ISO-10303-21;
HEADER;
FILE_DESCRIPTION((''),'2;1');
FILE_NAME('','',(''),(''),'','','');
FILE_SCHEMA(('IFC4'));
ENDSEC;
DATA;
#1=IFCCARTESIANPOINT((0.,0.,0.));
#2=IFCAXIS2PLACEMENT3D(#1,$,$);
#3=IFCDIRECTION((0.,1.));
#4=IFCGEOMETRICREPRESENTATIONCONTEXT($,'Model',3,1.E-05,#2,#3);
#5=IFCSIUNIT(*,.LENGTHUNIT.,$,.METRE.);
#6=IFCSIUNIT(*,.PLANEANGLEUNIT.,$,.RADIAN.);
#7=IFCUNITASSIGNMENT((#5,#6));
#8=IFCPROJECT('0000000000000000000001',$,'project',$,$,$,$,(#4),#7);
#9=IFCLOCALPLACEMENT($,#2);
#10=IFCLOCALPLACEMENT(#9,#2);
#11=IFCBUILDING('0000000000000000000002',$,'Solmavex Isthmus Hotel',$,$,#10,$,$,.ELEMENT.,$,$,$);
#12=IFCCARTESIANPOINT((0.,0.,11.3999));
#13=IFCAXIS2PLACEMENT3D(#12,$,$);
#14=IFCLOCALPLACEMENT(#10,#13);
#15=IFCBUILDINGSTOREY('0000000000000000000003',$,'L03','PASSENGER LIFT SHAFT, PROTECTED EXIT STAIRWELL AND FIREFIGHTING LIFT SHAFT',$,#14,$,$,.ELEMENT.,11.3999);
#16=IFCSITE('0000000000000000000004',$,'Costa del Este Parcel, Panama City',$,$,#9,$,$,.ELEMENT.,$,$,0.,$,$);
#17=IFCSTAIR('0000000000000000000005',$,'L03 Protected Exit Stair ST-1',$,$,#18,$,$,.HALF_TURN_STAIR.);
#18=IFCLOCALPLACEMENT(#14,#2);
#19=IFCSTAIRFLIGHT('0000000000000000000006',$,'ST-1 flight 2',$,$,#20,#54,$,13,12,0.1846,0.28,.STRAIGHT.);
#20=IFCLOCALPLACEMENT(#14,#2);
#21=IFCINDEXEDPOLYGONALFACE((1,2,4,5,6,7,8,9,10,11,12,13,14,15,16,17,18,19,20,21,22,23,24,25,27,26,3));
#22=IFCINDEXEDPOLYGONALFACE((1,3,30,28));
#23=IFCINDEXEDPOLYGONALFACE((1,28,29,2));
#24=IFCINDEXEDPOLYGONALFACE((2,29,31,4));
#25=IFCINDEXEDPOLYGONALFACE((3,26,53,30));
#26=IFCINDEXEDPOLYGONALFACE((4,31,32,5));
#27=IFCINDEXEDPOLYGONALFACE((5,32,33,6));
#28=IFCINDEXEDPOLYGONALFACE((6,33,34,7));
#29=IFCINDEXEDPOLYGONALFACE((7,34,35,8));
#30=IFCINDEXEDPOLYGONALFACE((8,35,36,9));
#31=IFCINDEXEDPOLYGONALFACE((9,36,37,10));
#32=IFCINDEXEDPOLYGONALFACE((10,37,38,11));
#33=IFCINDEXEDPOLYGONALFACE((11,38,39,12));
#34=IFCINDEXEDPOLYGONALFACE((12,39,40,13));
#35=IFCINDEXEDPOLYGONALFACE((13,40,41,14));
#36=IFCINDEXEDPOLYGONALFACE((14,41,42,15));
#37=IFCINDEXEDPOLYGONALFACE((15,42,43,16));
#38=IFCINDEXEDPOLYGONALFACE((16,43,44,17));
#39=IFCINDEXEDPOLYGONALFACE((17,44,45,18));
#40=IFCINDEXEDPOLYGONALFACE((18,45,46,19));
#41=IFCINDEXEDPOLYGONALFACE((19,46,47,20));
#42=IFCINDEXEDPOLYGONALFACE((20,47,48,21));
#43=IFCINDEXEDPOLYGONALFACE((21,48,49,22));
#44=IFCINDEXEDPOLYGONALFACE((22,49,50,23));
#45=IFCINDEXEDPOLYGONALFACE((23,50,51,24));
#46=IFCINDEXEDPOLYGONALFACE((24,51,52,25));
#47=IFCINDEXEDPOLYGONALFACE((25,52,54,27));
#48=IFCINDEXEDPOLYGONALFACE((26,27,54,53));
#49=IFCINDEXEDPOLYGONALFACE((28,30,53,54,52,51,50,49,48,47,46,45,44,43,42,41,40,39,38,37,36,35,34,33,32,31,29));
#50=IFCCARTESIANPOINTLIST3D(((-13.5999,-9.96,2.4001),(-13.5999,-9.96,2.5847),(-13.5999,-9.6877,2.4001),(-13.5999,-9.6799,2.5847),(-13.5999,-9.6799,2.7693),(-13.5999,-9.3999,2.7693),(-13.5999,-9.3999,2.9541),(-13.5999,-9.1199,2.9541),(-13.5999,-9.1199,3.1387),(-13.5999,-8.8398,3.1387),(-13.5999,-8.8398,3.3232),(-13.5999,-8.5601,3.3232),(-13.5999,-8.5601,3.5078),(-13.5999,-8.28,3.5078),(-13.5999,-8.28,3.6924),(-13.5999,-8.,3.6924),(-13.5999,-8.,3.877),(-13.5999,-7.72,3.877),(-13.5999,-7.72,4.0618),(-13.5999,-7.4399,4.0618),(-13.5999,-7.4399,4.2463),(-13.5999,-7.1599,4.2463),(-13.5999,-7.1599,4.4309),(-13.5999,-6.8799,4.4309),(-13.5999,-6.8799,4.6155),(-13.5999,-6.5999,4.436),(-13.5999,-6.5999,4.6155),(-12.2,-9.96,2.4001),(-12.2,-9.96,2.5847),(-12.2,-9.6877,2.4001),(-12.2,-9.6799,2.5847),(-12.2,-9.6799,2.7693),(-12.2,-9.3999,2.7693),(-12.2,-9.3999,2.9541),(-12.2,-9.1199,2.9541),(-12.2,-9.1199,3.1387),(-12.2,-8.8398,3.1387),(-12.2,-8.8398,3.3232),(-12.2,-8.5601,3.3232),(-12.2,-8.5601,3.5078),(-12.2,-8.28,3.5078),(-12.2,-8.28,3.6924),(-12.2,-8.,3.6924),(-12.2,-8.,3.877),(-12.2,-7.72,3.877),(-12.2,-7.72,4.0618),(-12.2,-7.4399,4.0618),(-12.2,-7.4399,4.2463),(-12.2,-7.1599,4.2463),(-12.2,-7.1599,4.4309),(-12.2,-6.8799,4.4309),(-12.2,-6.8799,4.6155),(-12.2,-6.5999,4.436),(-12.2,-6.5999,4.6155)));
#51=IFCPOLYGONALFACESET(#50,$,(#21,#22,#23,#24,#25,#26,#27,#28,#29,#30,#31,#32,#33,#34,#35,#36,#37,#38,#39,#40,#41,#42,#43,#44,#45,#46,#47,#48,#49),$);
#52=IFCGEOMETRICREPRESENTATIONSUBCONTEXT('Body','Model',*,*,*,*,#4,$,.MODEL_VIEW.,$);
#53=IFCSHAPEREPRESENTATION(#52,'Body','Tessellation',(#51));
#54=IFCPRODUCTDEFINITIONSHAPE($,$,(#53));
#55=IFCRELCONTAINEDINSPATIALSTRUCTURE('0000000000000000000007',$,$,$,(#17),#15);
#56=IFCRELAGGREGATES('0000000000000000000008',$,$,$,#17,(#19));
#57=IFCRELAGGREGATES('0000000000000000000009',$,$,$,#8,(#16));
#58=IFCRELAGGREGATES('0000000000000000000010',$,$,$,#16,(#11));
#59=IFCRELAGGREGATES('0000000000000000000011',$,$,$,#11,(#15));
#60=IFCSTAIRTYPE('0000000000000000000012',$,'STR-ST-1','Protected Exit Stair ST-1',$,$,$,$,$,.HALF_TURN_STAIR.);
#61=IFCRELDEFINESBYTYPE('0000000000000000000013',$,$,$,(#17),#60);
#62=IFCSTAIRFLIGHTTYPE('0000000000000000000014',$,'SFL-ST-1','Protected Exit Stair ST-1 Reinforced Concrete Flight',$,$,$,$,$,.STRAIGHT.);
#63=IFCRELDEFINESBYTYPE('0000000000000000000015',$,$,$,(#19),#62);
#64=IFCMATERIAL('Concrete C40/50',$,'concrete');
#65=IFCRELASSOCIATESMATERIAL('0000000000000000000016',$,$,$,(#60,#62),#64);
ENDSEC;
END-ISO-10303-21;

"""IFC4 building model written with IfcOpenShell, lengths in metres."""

from ifc_helpers import new_model, si_unit, direction, frame, origin, place, context, subcontext, project, spatial, polyline, outline, extrude, material, type_object, element, aggregate, save


model = new_model("IFC4")

# Units and contexts
model_context = context("Model", 3, precision=1e-05, world=origin(), true_north=direction((0.0, 1.0)))
body_context = subcontext(model_context, "Body", "Model", "MODEL_VIEW")
ifc_project = project(units=[si_unit("LENGTHUNIT", "METRE"), si_unit("PLANEANGLEUNIT", "RADIAN")], contexts=[model_context])

# Site, building, storey
site_placement = place(None, origin())
site = spatial("IfcSite", under=ifc_project, at=site_placement, Name="Costa del Este Parcel, Panama City", CompositionType="ELEMENT", RefElevation=0.0)
building_placement = place(site_placement, origin())
building = spatial("IfcBuilding", under=site, at=building_placement, Name="Solmavex Isthmus Hotel", CompositionType="ELEMENT")
storey_placement = place(building_placement, frame((0.0, 0.0, 11.3999)))
storey = spatial("IfcBuildingStorey", under=building, at=storey_placement, Name="L03", Description="PASSENGER LIFT SHAFT, PROTECTED EXIT STAIRWELL AND FIREFIGHTING LIFT SHAFT", CompositionType="ELEMENT", Elevation=11.3999)

# Shared definitions
ifc_material_1 = material(Name="Concrete C40/50", Category="concrete")

# Stair, stair flight
stair_type = type_object("IfcStairType", Name="STR-ST-1", Description="Protected Exit Stair ST-1", PredefinedType="HALF_TURN_STAIR", material=ifc_material_1)
stair_placement = place(storey_placement, origin())
stair = element("IfcStair", 1, at=stair_placement, inside=storey, type_object=stair_type, Name="L03 Protected Exit Stair ST-1", PredefinedType="HALF_TURN_STAIR")
stair_flight_type = type_object("IfcStairFlightType", Name="SFL-ST-1", Description="Protected Exit Stair ST-1 Reinforced Concrete Flight", PredefinedType="STRAIGHT", material=ifc_material_1)
stair_flight_1_placement = place(storey_placement, frame((-12.8999, -9.96, 2.4001), z_axis=(0.0, 0.0, 1.0), x_axis=(0.0, 1.0, 0.0)))
stair_flight_1 = element("IfcStairFlight", 2, at=stair_flight_1_placement, type_object=stair_flight_type, Name="ST-1 flight 2", NumberOfRisers=13, NumberOfTreads=12, PredefinedType="STRAIGHT", RiserHeight=0.1846, TreadLength=0.28, context=body_context, shape_type="SweptSolid", body=[
    extrude(outline(polyline([(0.0, 0.0), (0.0, 0.1846), (0.28, 0.1846), (0.28, 0.3691), (0.5601, 0.3691), (0.5601, 0.554), (0.8401, 0.554), (0.8401, 0.7385), (1.1201, 0.7385), (1.1201, 0.9231), (1.3999, 0.9231), (1.3999, 1.1077), (1.6799, 1.1077), (1.6799, 1.2922), (1.96, 1.2922), (1.96, 1.4768), (2.24, 1.4768), (2.24, 1.6616), (2.52, 1.6616), (2.52, 1.8462), (2.8, 1.8462), (2.8, 2.0308), (3.0801, 2.0308), (3.0801, 2.2153), (3.3601, 2.2153), (3.3601, 2.3999), (3.3601, 2.0359), (0.2722, 0.0), (0.0, 0.0)])), frame((0.0, 0.7, 0.0), z_axis=(0.0, -1.0, 0.0), x_axis=(1.0, 0.0, 0.0)), (0.0, 0.0, 1.0), 1.3999),
])
aggregate(stair, [stair_flight_1])

save(model, "model.ifc")
